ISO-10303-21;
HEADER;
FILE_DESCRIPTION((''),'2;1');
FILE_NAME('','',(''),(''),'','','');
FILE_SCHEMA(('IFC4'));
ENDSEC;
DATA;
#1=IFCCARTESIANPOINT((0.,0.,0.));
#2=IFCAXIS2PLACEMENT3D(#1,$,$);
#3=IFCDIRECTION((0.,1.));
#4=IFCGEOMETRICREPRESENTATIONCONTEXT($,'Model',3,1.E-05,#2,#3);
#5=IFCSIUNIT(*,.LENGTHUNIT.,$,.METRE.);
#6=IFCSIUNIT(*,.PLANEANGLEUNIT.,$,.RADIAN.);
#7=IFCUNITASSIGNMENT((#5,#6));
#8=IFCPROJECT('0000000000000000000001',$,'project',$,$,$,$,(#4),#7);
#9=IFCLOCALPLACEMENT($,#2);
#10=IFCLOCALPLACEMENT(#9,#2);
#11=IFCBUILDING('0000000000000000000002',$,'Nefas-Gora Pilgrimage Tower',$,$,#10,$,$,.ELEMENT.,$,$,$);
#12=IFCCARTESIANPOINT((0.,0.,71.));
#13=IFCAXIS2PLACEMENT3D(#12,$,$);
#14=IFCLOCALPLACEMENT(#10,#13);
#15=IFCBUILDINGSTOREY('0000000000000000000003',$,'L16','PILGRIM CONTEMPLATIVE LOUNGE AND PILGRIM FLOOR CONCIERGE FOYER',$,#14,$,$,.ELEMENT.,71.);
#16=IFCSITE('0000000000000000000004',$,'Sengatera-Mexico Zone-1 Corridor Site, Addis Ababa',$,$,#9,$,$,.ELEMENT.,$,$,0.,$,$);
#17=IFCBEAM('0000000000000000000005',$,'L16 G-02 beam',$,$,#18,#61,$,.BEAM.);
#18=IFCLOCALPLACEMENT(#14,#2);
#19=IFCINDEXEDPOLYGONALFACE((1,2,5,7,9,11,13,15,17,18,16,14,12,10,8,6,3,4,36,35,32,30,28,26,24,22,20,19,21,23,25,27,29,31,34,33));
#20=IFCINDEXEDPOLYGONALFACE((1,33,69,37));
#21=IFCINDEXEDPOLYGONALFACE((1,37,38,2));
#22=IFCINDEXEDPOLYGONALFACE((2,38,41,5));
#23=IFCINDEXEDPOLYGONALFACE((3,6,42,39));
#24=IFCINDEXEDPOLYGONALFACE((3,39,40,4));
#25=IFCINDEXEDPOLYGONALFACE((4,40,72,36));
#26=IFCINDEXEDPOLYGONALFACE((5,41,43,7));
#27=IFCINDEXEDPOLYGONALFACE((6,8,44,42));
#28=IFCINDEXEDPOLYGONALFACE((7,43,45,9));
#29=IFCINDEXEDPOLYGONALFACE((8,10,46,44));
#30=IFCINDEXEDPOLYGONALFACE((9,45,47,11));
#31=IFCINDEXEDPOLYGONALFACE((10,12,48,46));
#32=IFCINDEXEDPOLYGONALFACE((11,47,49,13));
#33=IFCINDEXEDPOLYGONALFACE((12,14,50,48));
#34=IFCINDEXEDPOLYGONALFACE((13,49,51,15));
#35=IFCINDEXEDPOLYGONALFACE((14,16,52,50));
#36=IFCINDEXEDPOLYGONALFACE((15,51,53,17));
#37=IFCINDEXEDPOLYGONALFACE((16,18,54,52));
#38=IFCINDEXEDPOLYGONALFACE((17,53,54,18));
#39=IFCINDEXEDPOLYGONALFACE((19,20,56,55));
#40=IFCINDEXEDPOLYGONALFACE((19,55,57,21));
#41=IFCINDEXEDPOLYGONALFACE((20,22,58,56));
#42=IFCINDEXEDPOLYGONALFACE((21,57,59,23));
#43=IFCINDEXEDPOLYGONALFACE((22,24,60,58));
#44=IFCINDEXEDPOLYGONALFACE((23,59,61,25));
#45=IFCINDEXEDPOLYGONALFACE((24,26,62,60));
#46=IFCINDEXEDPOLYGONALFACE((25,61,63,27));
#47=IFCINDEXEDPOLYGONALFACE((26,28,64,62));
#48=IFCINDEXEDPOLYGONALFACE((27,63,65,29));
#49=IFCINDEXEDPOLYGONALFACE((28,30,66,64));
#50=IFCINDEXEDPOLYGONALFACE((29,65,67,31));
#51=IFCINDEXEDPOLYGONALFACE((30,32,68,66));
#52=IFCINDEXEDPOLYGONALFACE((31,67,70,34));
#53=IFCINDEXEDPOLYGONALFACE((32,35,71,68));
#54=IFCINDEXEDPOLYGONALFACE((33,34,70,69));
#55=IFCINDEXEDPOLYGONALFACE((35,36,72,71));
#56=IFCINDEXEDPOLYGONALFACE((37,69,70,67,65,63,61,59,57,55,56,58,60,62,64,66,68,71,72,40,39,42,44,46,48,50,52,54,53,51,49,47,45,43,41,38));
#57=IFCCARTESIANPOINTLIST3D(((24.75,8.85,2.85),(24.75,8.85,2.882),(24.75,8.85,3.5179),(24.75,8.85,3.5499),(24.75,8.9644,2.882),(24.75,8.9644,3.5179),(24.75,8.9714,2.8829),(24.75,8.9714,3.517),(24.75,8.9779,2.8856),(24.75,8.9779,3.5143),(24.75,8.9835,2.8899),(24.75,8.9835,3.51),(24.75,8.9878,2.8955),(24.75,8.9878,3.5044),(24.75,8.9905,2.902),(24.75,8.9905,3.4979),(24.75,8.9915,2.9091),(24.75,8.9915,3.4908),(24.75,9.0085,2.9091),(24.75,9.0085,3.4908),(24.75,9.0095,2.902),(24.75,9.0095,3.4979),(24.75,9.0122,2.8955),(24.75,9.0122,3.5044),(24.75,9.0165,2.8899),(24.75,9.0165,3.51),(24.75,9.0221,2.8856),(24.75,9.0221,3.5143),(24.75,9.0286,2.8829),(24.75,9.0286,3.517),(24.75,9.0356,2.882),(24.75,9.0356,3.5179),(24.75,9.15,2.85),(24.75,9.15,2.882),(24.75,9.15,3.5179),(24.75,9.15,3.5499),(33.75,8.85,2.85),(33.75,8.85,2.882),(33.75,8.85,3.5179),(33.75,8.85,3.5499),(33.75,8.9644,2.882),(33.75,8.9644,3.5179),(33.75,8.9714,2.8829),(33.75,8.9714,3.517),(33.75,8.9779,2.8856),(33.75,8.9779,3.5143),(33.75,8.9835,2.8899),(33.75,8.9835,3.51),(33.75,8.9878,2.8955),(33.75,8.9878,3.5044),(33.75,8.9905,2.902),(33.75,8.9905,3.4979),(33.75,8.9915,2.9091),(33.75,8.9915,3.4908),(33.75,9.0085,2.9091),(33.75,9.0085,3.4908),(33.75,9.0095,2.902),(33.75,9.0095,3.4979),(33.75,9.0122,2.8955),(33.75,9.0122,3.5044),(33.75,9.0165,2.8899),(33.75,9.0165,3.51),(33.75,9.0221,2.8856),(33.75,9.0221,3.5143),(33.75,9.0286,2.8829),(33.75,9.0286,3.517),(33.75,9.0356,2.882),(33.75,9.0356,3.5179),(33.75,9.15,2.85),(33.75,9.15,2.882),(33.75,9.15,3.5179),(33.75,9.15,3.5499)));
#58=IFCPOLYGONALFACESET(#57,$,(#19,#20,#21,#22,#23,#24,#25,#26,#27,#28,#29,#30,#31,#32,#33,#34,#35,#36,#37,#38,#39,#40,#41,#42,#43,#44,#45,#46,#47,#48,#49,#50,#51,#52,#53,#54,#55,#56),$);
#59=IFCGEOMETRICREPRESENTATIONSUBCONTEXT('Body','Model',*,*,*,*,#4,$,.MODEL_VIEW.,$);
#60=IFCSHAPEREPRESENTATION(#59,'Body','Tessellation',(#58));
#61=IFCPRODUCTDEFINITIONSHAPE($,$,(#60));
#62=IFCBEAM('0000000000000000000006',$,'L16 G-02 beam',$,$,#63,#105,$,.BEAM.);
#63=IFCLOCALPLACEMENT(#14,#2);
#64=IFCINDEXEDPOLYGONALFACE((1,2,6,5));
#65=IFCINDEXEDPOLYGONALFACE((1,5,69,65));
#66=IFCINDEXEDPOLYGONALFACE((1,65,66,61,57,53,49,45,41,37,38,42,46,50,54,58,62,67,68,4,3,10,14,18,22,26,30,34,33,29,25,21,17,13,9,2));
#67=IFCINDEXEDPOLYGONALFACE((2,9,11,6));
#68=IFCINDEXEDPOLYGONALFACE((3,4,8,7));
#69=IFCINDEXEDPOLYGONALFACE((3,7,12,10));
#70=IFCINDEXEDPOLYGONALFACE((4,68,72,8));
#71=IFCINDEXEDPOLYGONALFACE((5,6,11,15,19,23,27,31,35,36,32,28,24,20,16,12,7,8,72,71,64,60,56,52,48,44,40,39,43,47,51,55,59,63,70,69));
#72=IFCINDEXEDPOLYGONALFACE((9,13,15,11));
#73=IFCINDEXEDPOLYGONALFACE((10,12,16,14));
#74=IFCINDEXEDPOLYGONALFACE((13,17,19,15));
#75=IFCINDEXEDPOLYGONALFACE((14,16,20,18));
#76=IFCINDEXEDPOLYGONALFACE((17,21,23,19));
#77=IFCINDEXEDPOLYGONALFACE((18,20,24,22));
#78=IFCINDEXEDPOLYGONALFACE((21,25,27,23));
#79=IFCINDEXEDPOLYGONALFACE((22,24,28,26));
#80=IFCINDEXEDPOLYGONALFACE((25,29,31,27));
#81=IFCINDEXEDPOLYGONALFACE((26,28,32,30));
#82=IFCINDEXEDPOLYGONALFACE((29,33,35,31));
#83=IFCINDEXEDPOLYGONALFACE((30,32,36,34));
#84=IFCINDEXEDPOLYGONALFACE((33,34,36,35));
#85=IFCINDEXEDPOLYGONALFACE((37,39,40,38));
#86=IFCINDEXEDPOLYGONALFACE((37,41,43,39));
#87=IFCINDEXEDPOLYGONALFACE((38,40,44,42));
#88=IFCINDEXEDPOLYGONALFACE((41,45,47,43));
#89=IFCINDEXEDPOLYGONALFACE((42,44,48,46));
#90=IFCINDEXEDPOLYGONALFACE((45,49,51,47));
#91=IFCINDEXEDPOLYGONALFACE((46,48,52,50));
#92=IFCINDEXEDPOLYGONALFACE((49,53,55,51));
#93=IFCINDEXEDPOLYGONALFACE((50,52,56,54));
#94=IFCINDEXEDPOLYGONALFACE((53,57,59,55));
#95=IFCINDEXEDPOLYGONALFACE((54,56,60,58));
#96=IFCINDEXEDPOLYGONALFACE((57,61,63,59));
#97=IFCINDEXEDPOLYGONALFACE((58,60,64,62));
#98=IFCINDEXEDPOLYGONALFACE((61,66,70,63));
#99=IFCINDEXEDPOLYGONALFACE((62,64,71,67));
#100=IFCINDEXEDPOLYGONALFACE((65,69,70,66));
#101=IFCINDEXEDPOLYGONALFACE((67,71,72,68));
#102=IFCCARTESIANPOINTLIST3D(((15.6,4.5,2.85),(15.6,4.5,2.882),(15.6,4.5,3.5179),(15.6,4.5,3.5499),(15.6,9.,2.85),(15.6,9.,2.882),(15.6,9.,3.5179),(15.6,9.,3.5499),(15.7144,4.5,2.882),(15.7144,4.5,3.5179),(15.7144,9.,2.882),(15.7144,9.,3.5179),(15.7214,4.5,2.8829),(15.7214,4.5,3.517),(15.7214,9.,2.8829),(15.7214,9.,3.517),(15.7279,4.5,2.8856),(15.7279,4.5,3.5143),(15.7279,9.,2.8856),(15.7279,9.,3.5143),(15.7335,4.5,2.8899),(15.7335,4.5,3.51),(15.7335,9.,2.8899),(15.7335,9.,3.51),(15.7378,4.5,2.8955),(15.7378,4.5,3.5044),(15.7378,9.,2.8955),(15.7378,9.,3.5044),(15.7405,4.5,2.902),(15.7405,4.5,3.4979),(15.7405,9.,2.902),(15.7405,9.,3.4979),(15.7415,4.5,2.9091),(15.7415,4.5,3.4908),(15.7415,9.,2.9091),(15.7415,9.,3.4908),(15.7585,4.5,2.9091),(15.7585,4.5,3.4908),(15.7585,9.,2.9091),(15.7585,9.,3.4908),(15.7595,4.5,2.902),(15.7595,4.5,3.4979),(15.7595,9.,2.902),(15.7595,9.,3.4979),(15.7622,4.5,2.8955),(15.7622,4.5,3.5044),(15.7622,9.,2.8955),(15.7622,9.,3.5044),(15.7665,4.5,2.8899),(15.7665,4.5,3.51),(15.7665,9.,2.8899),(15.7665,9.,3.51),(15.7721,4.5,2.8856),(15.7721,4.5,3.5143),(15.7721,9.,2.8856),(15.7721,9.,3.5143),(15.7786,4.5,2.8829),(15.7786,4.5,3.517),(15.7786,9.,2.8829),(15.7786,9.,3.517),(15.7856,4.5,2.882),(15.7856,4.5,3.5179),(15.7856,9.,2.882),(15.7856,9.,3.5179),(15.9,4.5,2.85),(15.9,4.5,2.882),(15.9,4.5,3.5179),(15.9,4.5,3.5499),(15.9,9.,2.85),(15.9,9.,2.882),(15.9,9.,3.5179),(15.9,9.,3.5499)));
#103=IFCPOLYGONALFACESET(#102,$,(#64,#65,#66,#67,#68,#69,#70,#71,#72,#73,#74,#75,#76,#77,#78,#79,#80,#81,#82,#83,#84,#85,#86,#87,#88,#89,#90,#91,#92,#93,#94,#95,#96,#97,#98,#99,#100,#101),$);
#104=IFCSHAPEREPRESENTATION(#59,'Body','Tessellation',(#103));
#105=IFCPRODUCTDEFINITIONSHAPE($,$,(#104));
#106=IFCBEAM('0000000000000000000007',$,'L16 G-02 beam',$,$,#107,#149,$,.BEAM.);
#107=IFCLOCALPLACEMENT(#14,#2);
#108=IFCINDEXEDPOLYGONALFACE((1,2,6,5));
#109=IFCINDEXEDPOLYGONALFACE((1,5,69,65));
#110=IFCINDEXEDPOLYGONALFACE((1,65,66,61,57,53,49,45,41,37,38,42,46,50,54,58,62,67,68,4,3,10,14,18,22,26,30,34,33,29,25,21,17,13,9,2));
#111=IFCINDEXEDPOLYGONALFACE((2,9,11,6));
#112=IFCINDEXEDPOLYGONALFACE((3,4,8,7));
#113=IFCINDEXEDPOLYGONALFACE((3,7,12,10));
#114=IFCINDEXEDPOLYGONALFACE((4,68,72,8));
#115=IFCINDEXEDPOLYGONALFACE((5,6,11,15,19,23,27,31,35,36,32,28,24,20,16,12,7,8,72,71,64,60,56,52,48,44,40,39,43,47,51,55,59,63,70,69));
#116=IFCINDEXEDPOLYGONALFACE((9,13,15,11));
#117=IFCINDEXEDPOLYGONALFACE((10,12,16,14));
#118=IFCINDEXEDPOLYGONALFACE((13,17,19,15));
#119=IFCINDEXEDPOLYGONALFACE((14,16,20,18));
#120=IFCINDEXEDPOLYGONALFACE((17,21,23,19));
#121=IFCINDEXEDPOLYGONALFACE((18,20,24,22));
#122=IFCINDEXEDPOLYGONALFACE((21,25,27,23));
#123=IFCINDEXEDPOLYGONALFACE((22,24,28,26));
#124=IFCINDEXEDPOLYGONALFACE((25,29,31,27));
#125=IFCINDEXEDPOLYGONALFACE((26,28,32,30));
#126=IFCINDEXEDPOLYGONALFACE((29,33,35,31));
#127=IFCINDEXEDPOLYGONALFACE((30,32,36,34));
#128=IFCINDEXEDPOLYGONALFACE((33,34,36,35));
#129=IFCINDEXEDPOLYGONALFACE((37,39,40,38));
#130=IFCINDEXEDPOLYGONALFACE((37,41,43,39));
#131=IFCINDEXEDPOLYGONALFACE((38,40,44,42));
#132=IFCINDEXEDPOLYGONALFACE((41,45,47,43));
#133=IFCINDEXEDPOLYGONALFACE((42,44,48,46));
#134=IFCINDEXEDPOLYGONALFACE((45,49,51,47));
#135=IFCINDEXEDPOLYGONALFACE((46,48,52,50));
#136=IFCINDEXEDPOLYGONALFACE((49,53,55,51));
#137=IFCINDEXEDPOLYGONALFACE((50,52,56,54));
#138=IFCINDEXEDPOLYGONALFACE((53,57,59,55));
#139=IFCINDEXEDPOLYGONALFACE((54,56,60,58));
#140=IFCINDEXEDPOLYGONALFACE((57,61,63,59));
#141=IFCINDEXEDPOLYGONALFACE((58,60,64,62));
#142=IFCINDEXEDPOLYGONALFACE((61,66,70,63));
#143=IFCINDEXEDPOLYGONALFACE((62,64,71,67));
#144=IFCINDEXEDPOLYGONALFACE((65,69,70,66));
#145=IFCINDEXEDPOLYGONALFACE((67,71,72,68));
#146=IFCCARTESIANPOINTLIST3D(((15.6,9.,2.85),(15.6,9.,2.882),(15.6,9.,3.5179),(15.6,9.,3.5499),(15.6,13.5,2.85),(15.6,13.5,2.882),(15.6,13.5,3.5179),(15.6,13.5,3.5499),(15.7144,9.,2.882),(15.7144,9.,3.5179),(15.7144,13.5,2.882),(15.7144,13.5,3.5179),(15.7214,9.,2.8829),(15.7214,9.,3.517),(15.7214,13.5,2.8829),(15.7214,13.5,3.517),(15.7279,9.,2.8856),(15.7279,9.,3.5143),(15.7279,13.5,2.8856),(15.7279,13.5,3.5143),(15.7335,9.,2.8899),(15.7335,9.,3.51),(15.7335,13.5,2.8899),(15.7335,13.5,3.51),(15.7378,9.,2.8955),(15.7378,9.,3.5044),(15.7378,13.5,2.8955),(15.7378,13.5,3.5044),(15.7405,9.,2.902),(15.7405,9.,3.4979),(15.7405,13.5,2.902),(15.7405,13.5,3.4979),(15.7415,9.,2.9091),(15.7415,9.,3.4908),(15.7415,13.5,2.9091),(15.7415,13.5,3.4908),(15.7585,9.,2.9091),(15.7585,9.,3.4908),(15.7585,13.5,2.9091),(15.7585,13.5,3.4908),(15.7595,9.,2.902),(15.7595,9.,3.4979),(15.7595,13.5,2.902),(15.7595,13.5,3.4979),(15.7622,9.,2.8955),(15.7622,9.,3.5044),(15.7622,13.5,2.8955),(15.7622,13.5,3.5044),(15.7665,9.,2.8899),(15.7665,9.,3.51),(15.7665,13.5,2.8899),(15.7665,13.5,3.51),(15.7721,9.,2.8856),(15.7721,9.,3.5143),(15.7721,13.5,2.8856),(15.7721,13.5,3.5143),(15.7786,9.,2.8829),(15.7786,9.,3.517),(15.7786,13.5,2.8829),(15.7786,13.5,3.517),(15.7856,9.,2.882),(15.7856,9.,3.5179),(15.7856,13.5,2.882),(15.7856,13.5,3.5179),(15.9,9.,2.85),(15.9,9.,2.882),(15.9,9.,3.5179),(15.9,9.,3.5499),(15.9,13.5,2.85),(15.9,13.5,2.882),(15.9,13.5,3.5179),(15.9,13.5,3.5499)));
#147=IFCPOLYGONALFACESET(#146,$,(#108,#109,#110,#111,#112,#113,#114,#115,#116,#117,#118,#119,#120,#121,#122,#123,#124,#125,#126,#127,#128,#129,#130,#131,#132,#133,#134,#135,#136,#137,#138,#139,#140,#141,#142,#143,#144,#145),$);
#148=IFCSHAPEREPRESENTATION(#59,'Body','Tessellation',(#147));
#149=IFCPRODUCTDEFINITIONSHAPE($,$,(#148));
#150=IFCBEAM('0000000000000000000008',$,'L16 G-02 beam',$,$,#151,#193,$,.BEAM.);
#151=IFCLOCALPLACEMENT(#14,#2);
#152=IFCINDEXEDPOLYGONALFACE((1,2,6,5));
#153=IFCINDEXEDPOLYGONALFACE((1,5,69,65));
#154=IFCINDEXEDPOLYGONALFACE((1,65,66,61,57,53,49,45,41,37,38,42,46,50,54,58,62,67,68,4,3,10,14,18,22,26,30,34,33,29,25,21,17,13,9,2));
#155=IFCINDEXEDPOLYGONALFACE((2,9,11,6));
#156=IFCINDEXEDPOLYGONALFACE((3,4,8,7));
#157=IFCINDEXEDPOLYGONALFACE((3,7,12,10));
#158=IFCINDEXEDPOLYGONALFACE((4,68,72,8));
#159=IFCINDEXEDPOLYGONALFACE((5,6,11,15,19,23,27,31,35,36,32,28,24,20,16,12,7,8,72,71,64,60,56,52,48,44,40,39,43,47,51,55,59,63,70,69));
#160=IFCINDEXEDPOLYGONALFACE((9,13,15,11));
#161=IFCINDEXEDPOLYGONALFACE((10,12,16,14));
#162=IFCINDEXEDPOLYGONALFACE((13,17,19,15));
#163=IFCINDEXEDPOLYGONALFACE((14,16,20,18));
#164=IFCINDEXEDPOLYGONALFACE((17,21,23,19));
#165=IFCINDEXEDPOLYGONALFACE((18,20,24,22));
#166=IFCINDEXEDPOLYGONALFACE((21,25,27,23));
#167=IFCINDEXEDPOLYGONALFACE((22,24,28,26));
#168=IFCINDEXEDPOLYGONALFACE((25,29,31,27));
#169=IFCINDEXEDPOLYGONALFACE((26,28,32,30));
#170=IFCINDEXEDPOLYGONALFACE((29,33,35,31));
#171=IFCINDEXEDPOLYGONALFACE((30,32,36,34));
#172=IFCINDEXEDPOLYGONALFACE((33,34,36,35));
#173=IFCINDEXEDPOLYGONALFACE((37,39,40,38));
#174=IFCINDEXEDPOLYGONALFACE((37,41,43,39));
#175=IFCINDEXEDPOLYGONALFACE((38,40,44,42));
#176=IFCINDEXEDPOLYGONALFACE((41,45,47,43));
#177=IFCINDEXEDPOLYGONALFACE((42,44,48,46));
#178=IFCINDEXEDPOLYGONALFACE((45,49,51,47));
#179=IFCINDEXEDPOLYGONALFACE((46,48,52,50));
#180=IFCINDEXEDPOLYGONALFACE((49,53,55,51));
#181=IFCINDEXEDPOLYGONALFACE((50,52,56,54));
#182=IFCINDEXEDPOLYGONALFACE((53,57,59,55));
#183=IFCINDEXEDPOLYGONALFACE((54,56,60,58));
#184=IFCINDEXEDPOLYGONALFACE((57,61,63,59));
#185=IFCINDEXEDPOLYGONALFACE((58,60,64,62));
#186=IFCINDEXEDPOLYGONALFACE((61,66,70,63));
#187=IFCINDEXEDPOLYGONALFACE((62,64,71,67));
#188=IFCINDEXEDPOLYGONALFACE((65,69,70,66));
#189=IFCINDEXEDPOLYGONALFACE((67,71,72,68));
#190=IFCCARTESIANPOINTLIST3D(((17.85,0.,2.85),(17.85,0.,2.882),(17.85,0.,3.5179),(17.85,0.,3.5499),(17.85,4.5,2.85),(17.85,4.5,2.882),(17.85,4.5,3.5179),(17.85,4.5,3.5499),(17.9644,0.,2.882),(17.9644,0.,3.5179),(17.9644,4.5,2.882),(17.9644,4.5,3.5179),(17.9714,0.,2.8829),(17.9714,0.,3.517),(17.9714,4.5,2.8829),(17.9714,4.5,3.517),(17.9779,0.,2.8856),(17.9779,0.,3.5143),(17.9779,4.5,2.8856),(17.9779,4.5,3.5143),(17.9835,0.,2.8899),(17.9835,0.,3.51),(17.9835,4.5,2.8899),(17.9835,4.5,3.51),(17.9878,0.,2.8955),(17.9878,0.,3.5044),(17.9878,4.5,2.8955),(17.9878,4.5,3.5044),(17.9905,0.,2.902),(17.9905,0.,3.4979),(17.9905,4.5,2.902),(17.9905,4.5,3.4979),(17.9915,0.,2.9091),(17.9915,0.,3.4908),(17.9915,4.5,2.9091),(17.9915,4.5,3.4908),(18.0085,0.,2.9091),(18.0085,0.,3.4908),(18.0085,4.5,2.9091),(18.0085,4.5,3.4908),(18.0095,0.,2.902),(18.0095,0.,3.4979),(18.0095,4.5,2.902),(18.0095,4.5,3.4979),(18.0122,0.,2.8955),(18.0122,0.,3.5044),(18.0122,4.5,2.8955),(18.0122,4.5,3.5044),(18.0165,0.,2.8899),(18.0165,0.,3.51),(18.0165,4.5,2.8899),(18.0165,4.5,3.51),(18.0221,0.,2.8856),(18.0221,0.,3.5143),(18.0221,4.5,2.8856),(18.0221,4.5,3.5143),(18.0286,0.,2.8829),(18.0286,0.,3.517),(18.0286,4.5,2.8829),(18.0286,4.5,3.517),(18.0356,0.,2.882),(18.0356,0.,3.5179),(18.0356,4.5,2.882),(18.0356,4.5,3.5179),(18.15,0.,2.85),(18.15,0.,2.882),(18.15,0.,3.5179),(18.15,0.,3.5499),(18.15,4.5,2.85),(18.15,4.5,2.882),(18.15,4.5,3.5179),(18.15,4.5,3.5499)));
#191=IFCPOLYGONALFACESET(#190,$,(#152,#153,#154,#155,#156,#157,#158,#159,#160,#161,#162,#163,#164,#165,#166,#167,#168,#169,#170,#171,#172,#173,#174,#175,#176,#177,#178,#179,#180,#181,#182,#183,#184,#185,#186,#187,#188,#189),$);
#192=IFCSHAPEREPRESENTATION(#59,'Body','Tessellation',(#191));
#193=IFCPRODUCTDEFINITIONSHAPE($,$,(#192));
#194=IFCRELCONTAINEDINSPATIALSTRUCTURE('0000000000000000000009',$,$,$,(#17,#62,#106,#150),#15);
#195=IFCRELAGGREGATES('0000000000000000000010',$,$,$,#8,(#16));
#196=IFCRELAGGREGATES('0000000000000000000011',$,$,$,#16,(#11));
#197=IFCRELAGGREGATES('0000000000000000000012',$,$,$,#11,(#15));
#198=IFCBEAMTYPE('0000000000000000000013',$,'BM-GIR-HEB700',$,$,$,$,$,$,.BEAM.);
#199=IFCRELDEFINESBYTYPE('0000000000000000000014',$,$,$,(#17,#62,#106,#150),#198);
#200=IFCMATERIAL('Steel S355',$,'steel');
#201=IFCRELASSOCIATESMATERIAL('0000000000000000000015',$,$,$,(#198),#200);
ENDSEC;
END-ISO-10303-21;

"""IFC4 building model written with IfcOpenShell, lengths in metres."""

from ifc_helpers import new_model, si_unit, direction, frame, origin, origin_2d, place, context, subcontext, project, spatial, i_section, extrude, source, transform, mapped, material, material_profile, profile_set, type_object, element, save


model = new_model("IFC4")

# Units and contexts
model_context = context("Model", 3, precision=1e-05, world=origin(), true_north=direction((0.0, 1.0)))
body_context = subcontext(model_context, "Body", "Model", "MODEL_VIEW")
ifc_project = project(units=[si_unit("LENGTHUNIT", "METRE"), si_unit("PLANEANGLEUNIT", "RADIAN")], contexts=[model_context])

# Site, building, storey
site_placement = place(None, origin())
site = spatial("IfcSite", under=ifc_project, at=site_placement, Name="Sengatera-Mexico Zone-1 Corridor Site, Addis Ababa", CompositionType="ELEMENT", RefElevation=0.0)
building_placement = place(site_placement, origin())
building = spatial("IfcBuilding", under=site, at=building_placement, Name="Nefas-Gora Pilgrimage Tower", CompositionType="ELEMENT")
storey_placement = place(building_placement, frame((0.0, 0.0, 71.0)))
storey = spatial("IfcBuildingStorey", under=building, at=storey_placement, Name="L16", Description="PILGRIM CONTEMPLATIVE LOUNGE AND PILGRIM FLOOR CONCIERGE FOYER", CompositionType="ELEMENT", Elevation=71.0)

# Beams
ifc_material_1 = material(Name="Steel S355", Category="steel")
ifc_material_profile_1 = material_profile(ifc_material_1, i_section(OverallWidth=0.3, OverallDepth=0.7, WebThickness=0.0171, FlangeThickness=0.032, FilletRadius=0.0271, at=origin_2d()), Name="HEB 700")
ifc_profile_set_1 = profile_set([ifc_material_profile_1], Name="Steel S355")
beam_type_1 = type_object("IfcBeamType", Name="BM-GIR-HEB700", PredefinedType="BEAM", material=ifc_profile_set_1)
shared_shape_1 = source(origin(), body_context, "Body", "SweptSolid", [
    extrude(i_section(OverallWidth=0.3, OverallDepth=0.7, WebThickness=0.0171, FlangeThickness=0.032, FilletRadius=0.0271, at=origin_2d()), origin(), (0.0, 0.0, 1.0), 9.0),
])
for number, where, z_axis, x_axis, name in (
    (1, (24.75, 9.0, 3.2), (1.0, 0.0, 0.0), (0.0, 1.0, 0.0), "L16 G-02 beam"),
):
    element("IfcBeam", number, at=place(storey_placement, frame(where, z_axis=z_axis, x_axis=x_axis)), inside=storey, type_object=beam_type_1, Name=name, PredefinedType="BEAM", context=body_context, shape_type="MappedRepresentation", body=[
        mapped(shared_shape_1, transform((0.0, 0.0, 0.0), x_axis=(1.0, 0.0, 0.0), y_axis=(0.0, 1.0, 0.0), z_axis=(0.0, 0.0, 1.0), scale=1.0)),
    ])
shared_shape_2 = source(origin(), body_context, "Body", "SweptSolid", [
    extrude(i_section(OverallWidth=0.3, OverallDepth=0.7, WebThickness=0.0171, FlangeThickness=0.032, FilletRadius=0.0271, at=origin_2d()), origin(), (0.0, 0.0, 1.0), 4.5),
])
for number, where, z_axis, x_axis, name in (
    (2, (15.75, 4.5, 3.2), (0.0, 1.0, 0.0), (-1.0, 0.0, 0.0), "L16 G-02 beam"),
    (3, (15.75, 9.0, 3.2), (0.0, 1.0, 0.0), (-1.0, 0.0, 0.0), "L16 G-02 beam"),
    (4, (18.0, 0.0, 3.2), (0.0, 1.0, 0.0), (-1.0, 0.0, 0.0), "L16 G-02 beam"),
):
    element("IfcBeam", number, at=place(storey_placement, frame(where, z_axis=z_axis, x_axis=x_axis)), inside=storey, type_object=beam_type_1, Name=name, PredefinedType="BEAM", context=body_context, shape_type="MappedRepresentation", body=[
        mapped(shared_shape_2, transform((0.0, 0.0, 0.0), x_axis=(1.0, 0.0, 0.0), y_axis=(0.0, 1.0, 0.0), z_axis=(0.0, 0.0, 1.0), scale=1.0)),
    ])

save(model, "model.ifc")
